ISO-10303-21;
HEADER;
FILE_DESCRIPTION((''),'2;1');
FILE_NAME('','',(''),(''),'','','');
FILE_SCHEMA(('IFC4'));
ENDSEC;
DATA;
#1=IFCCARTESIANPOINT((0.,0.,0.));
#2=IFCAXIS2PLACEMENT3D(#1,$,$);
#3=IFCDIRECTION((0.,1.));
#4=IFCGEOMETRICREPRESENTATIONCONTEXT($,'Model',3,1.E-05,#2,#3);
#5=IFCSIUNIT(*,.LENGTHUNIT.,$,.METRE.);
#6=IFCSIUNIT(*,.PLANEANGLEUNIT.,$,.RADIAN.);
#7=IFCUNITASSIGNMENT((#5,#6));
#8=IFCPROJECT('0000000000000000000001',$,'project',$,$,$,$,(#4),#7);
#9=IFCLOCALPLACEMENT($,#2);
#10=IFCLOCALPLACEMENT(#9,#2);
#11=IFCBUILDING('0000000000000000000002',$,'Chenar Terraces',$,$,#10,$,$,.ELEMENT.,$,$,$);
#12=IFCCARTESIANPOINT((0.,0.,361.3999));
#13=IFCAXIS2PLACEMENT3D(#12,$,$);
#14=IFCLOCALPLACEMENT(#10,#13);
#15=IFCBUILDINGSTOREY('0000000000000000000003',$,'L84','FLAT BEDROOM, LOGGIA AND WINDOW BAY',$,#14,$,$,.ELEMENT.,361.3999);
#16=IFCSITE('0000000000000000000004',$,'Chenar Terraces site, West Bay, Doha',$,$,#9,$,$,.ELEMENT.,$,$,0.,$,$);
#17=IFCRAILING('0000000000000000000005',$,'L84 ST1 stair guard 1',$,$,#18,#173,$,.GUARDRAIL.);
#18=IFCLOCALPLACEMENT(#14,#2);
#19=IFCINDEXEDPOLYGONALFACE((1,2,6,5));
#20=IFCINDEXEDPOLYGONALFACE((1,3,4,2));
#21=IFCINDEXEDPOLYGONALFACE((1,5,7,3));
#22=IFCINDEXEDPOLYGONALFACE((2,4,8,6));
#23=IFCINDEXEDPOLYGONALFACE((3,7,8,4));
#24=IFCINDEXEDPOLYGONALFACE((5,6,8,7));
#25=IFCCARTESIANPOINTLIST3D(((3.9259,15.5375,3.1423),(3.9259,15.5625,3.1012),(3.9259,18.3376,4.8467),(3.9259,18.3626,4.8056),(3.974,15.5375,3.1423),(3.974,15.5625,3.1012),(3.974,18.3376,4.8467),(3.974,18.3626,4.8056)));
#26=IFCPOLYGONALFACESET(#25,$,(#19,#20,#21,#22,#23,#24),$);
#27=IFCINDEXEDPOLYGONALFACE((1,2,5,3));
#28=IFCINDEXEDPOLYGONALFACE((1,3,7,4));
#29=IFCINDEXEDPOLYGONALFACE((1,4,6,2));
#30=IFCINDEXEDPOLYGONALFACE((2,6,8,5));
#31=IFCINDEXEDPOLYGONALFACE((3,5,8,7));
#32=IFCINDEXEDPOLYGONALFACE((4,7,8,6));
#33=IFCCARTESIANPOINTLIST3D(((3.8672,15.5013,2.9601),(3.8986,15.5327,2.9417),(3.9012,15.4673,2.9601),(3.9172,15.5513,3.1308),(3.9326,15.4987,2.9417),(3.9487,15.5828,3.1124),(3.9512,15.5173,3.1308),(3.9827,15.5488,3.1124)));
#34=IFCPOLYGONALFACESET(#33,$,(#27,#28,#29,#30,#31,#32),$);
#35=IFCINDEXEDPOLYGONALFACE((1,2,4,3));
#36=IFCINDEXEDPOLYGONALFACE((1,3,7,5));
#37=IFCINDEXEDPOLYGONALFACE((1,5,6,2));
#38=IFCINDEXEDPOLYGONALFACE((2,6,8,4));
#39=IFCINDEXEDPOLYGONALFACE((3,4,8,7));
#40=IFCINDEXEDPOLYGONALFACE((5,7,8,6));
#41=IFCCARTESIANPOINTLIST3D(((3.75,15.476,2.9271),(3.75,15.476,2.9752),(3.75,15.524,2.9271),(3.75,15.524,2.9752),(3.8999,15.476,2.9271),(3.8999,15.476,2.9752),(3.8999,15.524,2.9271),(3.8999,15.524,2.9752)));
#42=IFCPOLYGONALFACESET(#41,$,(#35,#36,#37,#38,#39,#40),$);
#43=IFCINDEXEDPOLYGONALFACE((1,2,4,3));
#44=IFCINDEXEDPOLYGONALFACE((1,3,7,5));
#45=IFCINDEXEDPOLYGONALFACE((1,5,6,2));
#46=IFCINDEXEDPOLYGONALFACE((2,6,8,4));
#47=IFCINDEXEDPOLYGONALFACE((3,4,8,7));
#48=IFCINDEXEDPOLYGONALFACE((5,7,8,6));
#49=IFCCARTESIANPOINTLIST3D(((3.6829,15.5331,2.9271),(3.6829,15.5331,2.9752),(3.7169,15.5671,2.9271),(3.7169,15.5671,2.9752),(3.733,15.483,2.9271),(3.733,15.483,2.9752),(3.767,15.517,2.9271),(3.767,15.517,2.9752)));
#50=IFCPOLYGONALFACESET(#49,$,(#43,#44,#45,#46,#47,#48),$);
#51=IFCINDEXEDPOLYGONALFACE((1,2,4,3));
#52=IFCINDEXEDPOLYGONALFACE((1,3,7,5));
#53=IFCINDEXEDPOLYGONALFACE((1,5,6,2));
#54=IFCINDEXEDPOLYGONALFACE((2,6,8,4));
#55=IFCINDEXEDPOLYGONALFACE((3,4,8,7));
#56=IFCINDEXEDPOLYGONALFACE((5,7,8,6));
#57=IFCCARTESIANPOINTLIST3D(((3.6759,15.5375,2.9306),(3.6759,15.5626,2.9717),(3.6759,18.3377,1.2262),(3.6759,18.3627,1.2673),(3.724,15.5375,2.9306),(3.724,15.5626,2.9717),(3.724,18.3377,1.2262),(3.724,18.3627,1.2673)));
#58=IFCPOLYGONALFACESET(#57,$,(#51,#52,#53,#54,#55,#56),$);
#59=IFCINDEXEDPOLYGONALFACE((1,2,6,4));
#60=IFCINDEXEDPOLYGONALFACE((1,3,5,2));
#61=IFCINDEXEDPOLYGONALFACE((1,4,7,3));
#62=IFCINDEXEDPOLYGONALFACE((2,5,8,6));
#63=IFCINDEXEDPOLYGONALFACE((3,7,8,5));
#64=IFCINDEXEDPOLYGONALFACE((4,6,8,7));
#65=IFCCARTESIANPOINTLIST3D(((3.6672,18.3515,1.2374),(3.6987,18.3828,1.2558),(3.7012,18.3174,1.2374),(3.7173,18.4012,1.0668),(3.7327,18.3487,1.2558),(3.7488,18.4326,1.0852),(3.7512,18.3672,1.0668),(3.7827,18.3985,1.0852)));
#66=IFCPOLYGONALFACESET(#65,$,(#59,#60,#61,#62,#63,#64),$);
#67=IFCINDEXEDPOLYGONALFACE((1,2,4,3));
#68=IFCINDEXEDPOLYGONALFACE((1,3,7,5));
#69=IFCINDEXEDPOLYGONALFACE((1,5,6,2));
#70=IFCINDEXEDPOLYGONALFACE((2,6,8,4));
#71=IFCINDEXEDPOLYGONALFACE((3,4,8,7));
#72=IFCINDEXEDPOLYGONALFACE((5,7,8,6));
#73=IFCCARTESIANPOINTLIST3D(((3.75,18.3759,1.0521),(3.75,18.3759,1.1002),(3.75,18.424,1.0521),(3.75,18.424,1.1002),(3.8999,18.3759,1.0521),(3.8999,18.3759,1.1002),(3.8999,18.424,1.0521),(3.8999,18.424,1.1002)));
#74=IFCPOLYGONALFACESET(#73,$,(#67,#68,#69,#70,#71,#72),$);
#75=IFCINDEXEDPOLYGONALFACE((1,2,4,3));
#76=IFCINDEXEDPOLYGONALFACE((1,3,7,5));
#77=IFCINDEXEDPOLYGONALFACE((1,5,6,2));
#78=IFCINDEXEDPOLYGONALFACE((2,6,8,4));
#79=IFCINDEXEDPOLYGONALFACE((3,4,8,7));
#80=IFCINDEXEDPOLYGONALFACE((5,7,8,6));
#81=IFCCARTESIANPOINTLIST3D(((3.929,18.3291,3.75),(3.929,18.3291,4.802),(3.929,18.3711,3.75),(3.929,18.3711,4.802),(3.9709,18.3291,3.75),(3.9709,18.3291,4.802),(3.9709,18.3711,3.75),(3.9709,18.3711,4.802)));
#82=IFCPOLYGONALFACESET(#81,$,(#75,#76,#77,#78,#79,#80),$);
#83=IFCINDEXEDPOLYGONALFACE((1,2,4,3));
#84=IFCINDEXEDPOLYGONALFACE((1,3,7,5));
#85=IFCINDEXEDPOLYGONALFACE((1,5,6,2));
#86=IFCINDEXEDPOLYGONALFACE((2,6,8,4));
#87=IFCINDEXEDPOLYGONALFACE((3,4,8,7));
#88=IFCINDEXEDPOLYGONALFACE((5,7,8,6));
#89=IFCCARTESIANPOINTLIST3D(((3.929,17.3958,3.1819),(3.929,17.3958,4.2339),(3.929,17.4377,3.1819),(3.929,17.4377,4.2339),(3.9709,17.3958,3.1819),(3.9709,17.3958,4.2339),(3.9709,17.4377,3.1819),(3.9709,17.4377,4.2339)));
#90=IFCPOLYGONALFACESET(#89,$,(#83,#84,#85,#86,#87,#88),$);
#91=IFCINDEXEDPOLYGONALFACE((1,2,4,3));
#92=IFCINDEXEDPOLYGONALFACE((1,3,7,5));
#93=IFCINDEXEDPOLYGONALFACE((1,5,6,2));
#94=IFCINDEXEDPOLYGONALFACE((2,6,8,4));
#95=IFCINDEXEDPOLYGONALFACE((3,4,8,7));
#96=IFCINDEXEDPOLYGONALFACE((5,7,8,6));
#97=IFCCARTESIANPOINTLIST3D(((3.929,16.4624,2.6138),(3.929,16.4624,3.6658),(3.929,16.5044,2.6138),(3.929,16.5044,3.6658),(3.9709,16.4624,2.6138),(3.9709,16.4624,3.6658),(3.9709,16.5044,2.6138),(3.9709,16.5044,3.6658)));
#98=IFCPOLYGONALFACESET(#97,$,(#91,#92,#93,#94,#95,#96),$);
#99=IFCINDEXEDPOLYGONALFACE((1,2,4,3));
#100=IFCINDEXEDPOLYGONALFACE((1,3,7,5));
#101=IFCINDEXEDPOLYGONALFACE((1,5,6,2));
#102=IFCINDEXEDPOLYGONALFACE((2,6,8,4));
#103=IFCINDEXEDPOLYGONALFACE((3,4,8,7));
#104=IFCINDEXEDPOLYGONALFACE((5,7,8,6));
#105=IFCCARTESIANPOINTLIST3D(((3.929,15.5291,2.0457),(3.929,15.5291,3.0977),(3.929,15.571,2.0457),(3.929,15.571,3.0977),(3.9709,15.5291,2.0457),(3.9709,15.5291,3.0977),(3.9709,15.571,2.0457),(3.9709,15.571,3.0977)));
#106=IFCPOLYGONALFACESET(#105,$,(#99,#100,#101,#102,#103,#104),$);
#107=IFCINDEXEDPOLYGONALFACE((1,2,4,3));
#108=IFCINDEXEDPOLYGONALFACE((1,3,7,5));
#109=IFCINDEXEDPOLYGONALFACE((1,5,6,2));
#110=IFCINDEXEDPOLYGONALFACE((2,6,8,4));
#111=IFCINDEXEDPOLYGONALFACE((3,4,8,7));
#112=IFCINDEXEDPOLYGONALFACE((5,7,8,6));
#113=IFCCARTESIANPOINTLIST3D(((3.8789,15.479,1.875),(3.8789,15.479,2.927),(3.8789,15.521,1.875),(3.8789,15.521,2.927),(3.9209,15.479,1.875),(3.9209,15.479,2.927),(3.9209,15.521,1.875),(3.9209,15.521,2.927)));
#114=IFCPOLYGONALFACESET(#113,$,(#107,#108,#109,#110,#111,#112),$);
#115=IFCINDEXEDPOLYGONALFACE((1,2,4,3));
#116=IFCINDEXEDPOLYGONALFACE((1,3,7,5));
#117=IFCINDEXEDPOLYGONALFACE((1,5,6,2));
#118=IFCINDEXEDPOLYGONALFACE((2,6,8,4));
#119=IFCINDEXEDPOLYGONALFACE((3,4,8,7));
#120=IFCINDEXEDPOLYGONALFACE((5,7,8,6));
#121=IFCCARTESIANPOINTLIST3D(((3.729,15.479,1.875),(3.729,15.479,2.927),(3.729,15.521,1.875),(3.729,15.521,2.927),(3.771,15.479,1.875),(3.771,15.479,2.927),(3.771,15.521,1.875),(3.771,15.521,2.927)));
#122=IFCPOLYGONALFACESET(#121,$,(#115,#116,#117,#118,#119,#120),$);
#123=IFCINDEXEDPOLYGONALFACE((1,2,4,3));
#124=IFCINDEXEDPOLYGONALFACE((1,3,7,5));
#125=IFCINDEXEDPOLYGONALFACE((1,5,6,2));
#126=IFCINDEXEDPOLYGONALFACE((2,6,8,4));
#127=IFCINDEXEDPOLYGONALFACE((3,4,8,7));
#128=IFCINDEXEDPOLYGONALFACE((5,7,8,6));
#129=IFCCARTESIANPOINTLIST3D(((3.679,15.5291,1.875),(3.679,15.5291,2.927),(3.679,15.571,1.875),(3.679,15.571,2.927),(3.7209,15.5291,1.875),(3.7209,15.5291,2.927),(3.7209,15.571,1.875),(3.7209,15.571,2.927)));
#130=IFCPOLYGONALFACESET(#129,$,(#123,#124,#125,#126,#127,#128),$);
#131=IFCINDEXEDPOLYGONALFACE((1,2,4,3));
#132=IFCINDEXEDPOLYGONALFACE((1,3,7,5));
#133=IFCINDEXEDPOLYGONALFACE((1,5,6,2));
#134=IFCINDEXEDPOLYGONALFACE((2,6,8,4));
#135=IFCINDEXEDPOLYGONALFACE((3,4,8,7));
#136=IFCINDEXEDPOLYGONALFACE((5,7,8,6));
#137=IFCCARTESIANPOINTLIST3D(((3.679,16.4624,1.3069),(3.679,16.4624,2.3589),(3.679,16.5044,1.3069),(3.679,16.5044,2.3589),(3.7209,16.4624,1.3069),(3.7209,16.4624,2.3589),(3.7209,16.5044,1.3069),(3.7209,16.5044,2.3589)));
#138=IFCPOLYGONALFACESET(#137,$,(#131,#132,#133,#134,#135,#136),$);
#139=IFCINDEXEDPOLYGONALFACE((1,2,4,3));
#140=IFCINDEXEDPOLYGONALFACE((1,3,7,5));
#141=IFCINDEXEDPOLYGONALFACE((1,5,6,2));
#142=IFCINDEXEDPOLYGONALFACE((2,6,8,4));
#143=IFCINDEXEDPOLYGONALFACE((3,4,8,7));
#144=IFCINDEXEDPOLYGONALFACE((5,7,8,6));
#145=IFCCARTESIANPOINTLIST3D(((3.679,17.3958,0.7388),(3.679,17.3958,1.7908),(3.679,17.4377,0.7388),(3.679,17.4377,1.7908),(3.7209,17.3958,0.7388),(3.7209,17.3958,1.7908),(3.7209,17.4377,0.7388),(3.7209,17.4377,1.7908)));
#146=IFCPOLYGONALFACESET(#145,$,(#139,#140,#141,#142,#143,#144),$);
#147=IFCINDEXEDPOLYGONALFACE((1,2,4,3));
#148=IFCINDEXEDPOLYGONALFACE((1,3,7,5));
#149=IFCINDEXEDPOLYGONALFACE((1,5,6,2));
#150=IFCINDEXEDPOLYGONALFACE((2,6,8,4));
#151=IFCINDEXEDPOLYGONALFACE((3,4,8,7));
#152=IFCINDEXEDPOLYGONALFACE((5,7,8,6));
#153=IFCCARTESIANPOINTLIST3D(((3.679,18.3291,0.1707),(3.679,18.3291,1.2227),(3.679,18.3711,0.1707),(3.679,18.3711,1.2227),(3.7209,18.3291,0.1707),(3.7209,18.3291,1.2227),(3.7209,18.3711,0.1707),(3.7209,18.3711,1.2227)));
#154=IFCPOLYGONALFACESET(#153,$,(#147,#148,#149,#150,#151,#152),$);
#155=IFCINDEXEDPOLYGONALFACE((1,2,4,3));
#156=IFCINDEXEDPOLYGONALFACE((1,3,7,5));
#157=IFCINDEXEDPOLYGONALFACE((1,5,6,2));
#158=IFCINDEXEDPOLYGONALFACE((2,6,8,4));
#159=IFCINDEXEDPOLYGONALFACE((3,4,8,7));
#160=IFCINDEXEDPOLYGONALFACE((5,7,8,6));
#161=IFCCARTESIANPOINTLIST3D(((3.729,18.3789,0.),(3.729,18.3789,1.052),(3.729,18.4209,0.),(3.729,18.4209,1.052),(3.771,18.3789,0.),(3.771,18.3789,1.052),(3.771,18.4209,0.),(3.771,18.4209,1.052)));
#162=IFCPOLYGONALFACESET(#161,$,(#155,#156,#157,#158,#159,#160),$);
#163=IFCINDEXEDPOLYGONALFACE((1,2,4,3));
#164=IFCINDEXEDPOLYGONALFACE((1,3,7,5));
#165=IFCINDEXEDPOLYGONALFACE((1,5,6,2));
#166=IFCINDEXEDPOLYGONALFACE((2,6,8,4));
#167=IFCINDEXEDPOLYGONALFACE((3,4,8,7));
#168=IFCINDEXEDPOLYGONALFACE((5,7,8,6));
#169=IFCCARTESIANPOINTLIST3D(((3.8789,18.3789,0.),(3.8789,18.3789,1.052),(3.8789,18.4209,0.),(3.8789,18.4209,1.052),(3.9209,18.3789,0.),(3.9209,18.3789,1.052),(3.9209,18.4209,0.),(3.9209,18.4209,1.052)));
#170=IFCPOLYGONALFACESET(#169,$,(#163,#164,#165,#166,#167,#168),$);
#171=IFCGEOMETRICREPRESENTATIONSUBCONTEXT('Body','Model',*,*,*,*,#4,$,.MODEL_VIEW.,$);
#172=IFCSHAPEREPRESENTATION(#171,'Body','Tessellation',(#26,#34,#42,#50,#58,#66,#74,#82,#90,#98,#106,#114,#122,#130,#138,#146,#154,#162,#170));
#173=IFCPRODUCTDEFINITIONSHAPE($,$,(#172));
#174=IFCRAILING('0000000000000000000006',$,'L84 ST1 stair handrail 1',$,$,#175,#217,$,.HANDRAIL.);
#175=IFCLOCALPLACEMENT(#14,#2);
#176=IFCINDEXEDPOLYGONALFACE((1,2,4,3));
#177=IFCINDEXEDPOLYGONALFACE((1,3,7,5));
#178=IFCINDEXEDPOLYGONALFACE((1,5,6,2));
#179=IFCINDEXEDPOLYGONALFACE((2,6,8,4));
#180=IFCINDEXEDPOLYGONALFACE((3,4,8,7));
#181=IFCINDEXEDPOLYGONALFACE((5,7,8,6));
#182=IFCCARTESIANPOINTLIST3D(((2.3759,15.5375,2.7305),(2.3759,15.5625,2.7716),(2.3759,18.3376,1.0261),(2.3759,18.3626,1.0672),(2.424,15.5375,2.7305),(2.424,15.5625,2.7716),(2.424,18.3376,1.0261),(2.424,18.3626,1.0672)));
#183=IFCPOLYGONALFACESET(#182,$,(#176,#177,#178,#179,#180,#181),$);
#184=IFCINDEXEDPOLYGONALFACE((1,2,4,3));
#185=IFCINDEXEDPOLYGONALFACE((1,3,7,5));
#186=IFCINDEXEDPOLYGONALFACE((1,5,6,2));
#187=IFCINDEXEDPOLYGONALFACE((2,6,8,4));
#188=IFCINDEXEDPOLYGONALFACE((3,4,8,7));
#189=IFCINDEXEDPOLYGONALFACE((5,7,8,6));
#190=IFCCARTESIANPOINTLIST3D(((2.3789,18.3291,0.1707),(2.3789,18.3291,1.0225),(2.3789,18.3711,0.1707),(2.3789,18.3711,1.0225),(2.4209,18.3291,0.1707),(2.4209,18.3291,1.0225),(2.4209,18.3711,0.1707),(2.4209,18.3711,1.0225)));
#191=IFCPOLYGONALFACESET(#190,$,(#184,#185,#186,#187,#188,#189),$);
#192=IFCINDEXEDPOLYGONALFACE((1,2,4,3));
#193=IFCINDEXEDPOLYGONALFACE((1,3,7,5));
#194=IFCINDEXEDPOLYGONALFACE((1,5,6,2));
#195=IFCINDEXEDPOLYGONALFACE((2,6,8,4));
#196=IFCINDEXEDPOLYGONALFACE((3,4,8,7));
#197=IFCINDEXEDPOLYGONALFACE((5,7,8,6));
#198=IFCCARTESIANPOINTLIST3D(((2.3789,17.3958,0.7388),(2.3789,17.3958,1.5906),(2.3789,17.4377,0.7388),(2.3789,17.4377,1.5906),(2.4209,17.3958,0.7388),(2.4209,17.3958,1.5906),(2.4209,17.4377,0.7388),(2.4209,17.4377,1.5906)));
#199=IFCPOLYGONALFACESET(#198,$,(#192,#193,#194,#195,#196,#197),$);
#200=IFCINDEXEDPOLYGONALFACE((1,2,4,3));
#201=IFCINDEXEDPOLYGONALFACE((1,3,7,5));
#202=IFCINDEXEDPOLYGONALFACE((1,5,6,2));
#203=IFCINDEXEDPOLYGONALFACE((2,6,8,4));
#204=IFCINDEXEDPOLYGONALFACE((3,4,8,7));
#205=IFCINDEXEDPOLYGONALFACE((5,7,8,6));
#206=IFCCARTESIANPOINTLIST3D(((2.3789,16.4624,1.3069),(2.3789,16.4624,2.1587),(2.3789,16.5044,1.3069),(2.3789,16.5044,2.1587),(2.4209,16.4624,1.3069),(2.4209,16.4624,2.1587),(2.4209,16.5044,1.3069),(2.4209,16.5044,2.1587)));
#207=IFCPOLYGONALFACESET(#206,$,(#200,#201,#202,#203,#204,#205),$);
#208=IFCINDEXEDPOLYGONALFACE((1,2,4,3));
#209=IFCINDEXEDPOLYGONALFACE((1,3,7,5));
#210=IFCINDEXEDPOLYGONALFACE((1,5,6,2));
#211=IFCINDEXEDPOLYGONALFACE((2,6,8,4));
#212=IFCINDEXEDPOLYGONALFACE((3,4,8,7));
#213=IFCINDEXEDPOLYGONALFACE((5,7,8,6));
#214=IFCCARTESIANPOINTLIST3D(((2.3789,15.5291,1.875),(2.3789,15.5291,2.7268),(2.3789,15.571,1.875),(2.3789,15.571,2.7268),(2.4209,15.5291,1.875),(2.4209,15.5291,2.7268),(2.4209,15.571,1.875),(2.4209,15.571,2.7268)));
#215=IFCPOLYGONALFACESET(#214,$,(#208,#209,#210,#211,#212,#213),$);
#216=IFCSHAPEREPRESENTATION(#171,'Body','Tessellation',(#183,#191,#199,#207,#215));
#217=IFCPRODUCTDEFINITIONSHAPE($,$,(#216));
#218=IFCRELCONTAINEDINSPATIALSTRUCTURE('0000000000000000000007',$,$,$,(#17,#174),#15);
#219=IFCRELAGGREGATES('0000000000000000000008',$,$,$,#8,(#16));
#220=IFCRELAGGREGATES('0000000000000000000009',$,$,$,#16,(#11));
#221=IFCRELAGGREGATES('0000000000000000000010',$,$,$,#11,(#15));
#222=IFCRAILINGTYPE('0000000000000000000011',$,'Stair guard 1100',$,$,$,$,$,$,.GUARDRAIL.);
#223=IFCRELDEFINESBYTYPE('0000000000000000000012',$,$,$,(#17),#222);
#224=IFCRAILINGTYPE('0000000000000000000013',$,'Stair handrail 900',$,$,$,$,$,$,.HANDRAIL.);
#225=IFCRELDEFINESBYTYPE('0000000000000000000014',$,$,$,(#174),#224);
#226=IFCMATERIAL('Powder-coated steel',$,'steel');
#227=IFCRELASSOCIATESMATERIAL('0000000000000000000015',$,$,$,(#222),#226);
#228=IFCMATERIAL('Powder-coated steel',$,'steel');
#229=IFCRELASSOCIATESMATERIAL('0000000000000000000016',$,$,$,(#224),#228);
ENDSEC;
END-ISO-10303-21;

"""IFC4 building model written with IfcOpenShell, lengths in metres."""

from ifc_helpers import new_model, si_unit, direction, frame, origin, origin_2d, place, context, subcontext, project, spatial, rectangle, extrude, material, type_object, element, save


model = new_model("IFC4")

# Units and contexts
model_context = context("Model", 3, precision=1e-05, world=origin(), true_north=direction((0.0, 1.0)))
body_context = subcontext(model_context, "Body", "Model", "MODEL_VIEW")
ifc_project = project(units=[si_unit("LENGTHUNIT", "METRE"), si_unit("PLANEANGLEUNIT", "RADIAN")], contexts=[model_context])

# Site, building, storey
site_placement = place(None, origin())
site = spatial("IfcSite", under=ifc_project, at=site_placement, Name="Chenar Terraces site, West Bay, Doha", CompositionType="ELEMENT", RefElevation=0.0)
building_placement = place(site_placement, origin())
building = spatial("IfcBuilding", under=site, at=building_placement, Name="Chenar Terraces", CompositionType="ELEMENT")
storey_placement = place(building_placement, frame((0.0, 0.0, 361.3999)))
storey = spatial("IfcBuildingStorey", under=building, at=storey_placement, Name="L84", Description="FLAT BEDROOM, LOGGIA AND WINDOW BAY", CompositionType="ELEMENT", Elevation=361.3999)

# Railings
ifc_material_1 = material(Name="Powder-coated steel", Category="steel")
railing_type_1 = type_object("IfcRailingType", Name="Stair guard 1100", PredefinedType="GUARDRAIL", material=ifc_material_1)
railing_1_placement = place(storey_placement, frame((3.95, 18.3501, 3.75)))
element("IfcRailing", 1, at=railing_1_placement, inside=storey, type_object=railing_type_1, Name="L84 ST1 stair guard 1", PredefinedType="GUARDRAIL", context=body_context, shape_type="SweptSolid", body=[
    extrude(rectangle(XDim=0.0481, YDim=0.0481, at=origin_2d()), frame((0.0, 0.0, 1.0762), z_axis=(0.0, -0.854203, -0.51994), x_axis=(1.0, 0.0, 0.0)), (0.0, 0.0, 1.0), 3.2781),
    extrude(rectangle(XDim=0.0481, YDim=0.0481, at=origin_2d()), frame((0.0, -2.8, -0.6284), z_axis=(-0.2709, -0.2709, -0.923703), x_axis=(0.707107, -0.707107, 0.0)), (0.0, 0.0, 1.0), 0.1848),
    extrude(rectangle(XDim=0.0481, YDim=0.0481, at=origin_2d()), frame((-0.05, -2.8501, -0.7988), z_axis=(-1.0, 0.0, 0.0), x_axis=(0.0, -1.0, 0.0)), (0.0, 0.0, 1.0), 0.1499),
    extrude(rectangle(XDim=0.0481, YDim=0.0481, at=origin_2d()), frame((-0.2, -2.8501, -0.7988), z_axis=(-0.707107, 0.707107, 0.0), x_axis=(-0.707107, -0.707107, 0.0)), (0.0, 0.0, 1.0), 0.0708),
    extrude(rectangle(XDim=0.0481, YDim=0.0481, at=origin_2d()), frame((-0.25, -2.8, -0.7988), z_axis=(0.0, 0.854203, -0.51994), x_axis=(-1.0, 0.0, 0.0)), (0.0, 0.0, 1.0), 3.2781),
    extrude(rectangle(XDim=0.0481, YDim=0.0481, at=origin_2d()), frame((-0.25, 0.0, -2.5034), z_axis=(0.270997, 0.269675, -0.924033), x_axis=(-0.705376, 0.708834, 0.0)), (0.0, 0.0, 1.0), 0.1846),
    extrude(rectangle(XDim=0.0481, YDim=0.0481, at=origin_2d()), frame((-0.2, 0.0498, -2.6738), z_axis=(1.0, 0.0, 0.0), x_axis=(0.0, 1.0, 0.0)), (0.0, 0.0, 1.0), 0.1499),
    extrude(rectangle(XDim=0.042, YDim=0.042, at=origin_2d()), origin(), (0.0, 0.0, 1.0), 1.052),
    extrude(rectangle(XDim=0.042, YDim=0.042, at=origin_2d()), frame((0.0, -0.9333, -0.5681)), (0.0, 0.0, 1.0), 1.052),
    extrude(rectangle(XDim=0.042, YDim=0.042, at=origin_2d()), frame((0.0, -1.8667, -1.1362)), (0.0, 0.0, 1.0), 1.052),
    extrude(rectangle(XDim=0.042, YDim=0.042, at=origin_2d()), frame((0.0, -2.8, -1.7043)), (0.0, 0.0, 1.0), 1.052),
    extrude(rectangle(XDim=0.042, YDim=0.042, at=origin_2d()), frame((-0.05, -2.8501, -1.875)), (0.0, 0.0, 1.0), 1.052),
    extrude(rectangle(XDim=0.042, YDim=0.042, at=origin_2d()), frame((-0.2, -2.8501, -1.875)), (0.0, 0.0, 1.0), 1.052),
    extrude(rectangle(XDim=0.042, YDim=0.042, at=origin_2d()), frame((-0.25, -2.8, -1.875)), (0.0, 0.0, 1.0), 1.052),
    extrude(rectangle(XDim=0.042, YDim=0.042, at=origin_2d()), frame((-0.25, -1.8667, -2.4431)), (0.0, 0.0, 1.0), 1.052),
    extrude(rectangle(XDim=0.042, YDim=0.042, at=origin_2d()), frame((-0.25, -0.9333, -3.0112)), (0.0, 0.0, 1.0), 1.052),
    extrude(rectangle(XDim=0.042, YDim=0.042, at=origin_2d()), frame((-0.25, 0.0, -3.5793)), (0.0, 0.0, 1.0), 1.052),
    extrude(rectangle(XDim=0.042, YDim=0.042, at=origin_2d()), frame((-0.2, 0.0498, -3.75)), (0.0, 0.0, 1.0), 1.052),
    extrude(rectangle(XDim=0.042, YDim=0.042, at=origin_2d()), frame((-0.05, 0.0498, -3.75)), (0.0, 0.0, 1.0), 1.052),
])
ifc_material_2 = material(Name="Powder-coated steel", Category="steel")
railing_type_2 = type_object("IfcRailingType", Name="Stair handrail 900", PredefinedType="HANDRAIL", material=ifc_material_2)
railing_2_placement = place(storey_placement, frame((2.3999, 18.3501, 0.1707)))
element("IfcRailing", 2, at=railing_2_placement, inside=storey, type_object=railing_type_2, Name="L84 ST1 stair handrail 1", PredefinedType="HANDRAIL", context=body_context, shape_type="SweptSolid", body=[
    extrude(rectangle(XDim=0.0481, YDim=0.0481, at=origin_2d()), frame((0.0, 0.0, 0.876), z_axis=(0.0, -0.854203, 0.51994), x_axis=(1.0, 0.0, 0.0)), (0.0, 0.0, 1.0), 3.2781),
    extrude(rectangle(XDim=0.042, YDim=0.042, at=origin_2d()), origin(), (0.0, 0.0, 1.0), 0.8518),
    extrude(rectangle(XDim=0.042, YDim=0.042, at=origin_2d()), frame((0.0, -0.9333, 0.5681)), (0.0, 0.0, 1.0), 0.8518),
    extrude(rectangle(XDim=0.042, YDim=0.042, at=origin_2d()), frame((0.0, -1.8667, 1.1362)), (0.0, 0.0, 1.0), 0.8518),
    extrude(rectangle(XDim=0.042, YDim=0.042, at=origin_2d()), frame((0.0, -2.8, 1.7043)), (0.0, 0.0, 1.0), 0.8518),
])

save(model, "model.ifc")
